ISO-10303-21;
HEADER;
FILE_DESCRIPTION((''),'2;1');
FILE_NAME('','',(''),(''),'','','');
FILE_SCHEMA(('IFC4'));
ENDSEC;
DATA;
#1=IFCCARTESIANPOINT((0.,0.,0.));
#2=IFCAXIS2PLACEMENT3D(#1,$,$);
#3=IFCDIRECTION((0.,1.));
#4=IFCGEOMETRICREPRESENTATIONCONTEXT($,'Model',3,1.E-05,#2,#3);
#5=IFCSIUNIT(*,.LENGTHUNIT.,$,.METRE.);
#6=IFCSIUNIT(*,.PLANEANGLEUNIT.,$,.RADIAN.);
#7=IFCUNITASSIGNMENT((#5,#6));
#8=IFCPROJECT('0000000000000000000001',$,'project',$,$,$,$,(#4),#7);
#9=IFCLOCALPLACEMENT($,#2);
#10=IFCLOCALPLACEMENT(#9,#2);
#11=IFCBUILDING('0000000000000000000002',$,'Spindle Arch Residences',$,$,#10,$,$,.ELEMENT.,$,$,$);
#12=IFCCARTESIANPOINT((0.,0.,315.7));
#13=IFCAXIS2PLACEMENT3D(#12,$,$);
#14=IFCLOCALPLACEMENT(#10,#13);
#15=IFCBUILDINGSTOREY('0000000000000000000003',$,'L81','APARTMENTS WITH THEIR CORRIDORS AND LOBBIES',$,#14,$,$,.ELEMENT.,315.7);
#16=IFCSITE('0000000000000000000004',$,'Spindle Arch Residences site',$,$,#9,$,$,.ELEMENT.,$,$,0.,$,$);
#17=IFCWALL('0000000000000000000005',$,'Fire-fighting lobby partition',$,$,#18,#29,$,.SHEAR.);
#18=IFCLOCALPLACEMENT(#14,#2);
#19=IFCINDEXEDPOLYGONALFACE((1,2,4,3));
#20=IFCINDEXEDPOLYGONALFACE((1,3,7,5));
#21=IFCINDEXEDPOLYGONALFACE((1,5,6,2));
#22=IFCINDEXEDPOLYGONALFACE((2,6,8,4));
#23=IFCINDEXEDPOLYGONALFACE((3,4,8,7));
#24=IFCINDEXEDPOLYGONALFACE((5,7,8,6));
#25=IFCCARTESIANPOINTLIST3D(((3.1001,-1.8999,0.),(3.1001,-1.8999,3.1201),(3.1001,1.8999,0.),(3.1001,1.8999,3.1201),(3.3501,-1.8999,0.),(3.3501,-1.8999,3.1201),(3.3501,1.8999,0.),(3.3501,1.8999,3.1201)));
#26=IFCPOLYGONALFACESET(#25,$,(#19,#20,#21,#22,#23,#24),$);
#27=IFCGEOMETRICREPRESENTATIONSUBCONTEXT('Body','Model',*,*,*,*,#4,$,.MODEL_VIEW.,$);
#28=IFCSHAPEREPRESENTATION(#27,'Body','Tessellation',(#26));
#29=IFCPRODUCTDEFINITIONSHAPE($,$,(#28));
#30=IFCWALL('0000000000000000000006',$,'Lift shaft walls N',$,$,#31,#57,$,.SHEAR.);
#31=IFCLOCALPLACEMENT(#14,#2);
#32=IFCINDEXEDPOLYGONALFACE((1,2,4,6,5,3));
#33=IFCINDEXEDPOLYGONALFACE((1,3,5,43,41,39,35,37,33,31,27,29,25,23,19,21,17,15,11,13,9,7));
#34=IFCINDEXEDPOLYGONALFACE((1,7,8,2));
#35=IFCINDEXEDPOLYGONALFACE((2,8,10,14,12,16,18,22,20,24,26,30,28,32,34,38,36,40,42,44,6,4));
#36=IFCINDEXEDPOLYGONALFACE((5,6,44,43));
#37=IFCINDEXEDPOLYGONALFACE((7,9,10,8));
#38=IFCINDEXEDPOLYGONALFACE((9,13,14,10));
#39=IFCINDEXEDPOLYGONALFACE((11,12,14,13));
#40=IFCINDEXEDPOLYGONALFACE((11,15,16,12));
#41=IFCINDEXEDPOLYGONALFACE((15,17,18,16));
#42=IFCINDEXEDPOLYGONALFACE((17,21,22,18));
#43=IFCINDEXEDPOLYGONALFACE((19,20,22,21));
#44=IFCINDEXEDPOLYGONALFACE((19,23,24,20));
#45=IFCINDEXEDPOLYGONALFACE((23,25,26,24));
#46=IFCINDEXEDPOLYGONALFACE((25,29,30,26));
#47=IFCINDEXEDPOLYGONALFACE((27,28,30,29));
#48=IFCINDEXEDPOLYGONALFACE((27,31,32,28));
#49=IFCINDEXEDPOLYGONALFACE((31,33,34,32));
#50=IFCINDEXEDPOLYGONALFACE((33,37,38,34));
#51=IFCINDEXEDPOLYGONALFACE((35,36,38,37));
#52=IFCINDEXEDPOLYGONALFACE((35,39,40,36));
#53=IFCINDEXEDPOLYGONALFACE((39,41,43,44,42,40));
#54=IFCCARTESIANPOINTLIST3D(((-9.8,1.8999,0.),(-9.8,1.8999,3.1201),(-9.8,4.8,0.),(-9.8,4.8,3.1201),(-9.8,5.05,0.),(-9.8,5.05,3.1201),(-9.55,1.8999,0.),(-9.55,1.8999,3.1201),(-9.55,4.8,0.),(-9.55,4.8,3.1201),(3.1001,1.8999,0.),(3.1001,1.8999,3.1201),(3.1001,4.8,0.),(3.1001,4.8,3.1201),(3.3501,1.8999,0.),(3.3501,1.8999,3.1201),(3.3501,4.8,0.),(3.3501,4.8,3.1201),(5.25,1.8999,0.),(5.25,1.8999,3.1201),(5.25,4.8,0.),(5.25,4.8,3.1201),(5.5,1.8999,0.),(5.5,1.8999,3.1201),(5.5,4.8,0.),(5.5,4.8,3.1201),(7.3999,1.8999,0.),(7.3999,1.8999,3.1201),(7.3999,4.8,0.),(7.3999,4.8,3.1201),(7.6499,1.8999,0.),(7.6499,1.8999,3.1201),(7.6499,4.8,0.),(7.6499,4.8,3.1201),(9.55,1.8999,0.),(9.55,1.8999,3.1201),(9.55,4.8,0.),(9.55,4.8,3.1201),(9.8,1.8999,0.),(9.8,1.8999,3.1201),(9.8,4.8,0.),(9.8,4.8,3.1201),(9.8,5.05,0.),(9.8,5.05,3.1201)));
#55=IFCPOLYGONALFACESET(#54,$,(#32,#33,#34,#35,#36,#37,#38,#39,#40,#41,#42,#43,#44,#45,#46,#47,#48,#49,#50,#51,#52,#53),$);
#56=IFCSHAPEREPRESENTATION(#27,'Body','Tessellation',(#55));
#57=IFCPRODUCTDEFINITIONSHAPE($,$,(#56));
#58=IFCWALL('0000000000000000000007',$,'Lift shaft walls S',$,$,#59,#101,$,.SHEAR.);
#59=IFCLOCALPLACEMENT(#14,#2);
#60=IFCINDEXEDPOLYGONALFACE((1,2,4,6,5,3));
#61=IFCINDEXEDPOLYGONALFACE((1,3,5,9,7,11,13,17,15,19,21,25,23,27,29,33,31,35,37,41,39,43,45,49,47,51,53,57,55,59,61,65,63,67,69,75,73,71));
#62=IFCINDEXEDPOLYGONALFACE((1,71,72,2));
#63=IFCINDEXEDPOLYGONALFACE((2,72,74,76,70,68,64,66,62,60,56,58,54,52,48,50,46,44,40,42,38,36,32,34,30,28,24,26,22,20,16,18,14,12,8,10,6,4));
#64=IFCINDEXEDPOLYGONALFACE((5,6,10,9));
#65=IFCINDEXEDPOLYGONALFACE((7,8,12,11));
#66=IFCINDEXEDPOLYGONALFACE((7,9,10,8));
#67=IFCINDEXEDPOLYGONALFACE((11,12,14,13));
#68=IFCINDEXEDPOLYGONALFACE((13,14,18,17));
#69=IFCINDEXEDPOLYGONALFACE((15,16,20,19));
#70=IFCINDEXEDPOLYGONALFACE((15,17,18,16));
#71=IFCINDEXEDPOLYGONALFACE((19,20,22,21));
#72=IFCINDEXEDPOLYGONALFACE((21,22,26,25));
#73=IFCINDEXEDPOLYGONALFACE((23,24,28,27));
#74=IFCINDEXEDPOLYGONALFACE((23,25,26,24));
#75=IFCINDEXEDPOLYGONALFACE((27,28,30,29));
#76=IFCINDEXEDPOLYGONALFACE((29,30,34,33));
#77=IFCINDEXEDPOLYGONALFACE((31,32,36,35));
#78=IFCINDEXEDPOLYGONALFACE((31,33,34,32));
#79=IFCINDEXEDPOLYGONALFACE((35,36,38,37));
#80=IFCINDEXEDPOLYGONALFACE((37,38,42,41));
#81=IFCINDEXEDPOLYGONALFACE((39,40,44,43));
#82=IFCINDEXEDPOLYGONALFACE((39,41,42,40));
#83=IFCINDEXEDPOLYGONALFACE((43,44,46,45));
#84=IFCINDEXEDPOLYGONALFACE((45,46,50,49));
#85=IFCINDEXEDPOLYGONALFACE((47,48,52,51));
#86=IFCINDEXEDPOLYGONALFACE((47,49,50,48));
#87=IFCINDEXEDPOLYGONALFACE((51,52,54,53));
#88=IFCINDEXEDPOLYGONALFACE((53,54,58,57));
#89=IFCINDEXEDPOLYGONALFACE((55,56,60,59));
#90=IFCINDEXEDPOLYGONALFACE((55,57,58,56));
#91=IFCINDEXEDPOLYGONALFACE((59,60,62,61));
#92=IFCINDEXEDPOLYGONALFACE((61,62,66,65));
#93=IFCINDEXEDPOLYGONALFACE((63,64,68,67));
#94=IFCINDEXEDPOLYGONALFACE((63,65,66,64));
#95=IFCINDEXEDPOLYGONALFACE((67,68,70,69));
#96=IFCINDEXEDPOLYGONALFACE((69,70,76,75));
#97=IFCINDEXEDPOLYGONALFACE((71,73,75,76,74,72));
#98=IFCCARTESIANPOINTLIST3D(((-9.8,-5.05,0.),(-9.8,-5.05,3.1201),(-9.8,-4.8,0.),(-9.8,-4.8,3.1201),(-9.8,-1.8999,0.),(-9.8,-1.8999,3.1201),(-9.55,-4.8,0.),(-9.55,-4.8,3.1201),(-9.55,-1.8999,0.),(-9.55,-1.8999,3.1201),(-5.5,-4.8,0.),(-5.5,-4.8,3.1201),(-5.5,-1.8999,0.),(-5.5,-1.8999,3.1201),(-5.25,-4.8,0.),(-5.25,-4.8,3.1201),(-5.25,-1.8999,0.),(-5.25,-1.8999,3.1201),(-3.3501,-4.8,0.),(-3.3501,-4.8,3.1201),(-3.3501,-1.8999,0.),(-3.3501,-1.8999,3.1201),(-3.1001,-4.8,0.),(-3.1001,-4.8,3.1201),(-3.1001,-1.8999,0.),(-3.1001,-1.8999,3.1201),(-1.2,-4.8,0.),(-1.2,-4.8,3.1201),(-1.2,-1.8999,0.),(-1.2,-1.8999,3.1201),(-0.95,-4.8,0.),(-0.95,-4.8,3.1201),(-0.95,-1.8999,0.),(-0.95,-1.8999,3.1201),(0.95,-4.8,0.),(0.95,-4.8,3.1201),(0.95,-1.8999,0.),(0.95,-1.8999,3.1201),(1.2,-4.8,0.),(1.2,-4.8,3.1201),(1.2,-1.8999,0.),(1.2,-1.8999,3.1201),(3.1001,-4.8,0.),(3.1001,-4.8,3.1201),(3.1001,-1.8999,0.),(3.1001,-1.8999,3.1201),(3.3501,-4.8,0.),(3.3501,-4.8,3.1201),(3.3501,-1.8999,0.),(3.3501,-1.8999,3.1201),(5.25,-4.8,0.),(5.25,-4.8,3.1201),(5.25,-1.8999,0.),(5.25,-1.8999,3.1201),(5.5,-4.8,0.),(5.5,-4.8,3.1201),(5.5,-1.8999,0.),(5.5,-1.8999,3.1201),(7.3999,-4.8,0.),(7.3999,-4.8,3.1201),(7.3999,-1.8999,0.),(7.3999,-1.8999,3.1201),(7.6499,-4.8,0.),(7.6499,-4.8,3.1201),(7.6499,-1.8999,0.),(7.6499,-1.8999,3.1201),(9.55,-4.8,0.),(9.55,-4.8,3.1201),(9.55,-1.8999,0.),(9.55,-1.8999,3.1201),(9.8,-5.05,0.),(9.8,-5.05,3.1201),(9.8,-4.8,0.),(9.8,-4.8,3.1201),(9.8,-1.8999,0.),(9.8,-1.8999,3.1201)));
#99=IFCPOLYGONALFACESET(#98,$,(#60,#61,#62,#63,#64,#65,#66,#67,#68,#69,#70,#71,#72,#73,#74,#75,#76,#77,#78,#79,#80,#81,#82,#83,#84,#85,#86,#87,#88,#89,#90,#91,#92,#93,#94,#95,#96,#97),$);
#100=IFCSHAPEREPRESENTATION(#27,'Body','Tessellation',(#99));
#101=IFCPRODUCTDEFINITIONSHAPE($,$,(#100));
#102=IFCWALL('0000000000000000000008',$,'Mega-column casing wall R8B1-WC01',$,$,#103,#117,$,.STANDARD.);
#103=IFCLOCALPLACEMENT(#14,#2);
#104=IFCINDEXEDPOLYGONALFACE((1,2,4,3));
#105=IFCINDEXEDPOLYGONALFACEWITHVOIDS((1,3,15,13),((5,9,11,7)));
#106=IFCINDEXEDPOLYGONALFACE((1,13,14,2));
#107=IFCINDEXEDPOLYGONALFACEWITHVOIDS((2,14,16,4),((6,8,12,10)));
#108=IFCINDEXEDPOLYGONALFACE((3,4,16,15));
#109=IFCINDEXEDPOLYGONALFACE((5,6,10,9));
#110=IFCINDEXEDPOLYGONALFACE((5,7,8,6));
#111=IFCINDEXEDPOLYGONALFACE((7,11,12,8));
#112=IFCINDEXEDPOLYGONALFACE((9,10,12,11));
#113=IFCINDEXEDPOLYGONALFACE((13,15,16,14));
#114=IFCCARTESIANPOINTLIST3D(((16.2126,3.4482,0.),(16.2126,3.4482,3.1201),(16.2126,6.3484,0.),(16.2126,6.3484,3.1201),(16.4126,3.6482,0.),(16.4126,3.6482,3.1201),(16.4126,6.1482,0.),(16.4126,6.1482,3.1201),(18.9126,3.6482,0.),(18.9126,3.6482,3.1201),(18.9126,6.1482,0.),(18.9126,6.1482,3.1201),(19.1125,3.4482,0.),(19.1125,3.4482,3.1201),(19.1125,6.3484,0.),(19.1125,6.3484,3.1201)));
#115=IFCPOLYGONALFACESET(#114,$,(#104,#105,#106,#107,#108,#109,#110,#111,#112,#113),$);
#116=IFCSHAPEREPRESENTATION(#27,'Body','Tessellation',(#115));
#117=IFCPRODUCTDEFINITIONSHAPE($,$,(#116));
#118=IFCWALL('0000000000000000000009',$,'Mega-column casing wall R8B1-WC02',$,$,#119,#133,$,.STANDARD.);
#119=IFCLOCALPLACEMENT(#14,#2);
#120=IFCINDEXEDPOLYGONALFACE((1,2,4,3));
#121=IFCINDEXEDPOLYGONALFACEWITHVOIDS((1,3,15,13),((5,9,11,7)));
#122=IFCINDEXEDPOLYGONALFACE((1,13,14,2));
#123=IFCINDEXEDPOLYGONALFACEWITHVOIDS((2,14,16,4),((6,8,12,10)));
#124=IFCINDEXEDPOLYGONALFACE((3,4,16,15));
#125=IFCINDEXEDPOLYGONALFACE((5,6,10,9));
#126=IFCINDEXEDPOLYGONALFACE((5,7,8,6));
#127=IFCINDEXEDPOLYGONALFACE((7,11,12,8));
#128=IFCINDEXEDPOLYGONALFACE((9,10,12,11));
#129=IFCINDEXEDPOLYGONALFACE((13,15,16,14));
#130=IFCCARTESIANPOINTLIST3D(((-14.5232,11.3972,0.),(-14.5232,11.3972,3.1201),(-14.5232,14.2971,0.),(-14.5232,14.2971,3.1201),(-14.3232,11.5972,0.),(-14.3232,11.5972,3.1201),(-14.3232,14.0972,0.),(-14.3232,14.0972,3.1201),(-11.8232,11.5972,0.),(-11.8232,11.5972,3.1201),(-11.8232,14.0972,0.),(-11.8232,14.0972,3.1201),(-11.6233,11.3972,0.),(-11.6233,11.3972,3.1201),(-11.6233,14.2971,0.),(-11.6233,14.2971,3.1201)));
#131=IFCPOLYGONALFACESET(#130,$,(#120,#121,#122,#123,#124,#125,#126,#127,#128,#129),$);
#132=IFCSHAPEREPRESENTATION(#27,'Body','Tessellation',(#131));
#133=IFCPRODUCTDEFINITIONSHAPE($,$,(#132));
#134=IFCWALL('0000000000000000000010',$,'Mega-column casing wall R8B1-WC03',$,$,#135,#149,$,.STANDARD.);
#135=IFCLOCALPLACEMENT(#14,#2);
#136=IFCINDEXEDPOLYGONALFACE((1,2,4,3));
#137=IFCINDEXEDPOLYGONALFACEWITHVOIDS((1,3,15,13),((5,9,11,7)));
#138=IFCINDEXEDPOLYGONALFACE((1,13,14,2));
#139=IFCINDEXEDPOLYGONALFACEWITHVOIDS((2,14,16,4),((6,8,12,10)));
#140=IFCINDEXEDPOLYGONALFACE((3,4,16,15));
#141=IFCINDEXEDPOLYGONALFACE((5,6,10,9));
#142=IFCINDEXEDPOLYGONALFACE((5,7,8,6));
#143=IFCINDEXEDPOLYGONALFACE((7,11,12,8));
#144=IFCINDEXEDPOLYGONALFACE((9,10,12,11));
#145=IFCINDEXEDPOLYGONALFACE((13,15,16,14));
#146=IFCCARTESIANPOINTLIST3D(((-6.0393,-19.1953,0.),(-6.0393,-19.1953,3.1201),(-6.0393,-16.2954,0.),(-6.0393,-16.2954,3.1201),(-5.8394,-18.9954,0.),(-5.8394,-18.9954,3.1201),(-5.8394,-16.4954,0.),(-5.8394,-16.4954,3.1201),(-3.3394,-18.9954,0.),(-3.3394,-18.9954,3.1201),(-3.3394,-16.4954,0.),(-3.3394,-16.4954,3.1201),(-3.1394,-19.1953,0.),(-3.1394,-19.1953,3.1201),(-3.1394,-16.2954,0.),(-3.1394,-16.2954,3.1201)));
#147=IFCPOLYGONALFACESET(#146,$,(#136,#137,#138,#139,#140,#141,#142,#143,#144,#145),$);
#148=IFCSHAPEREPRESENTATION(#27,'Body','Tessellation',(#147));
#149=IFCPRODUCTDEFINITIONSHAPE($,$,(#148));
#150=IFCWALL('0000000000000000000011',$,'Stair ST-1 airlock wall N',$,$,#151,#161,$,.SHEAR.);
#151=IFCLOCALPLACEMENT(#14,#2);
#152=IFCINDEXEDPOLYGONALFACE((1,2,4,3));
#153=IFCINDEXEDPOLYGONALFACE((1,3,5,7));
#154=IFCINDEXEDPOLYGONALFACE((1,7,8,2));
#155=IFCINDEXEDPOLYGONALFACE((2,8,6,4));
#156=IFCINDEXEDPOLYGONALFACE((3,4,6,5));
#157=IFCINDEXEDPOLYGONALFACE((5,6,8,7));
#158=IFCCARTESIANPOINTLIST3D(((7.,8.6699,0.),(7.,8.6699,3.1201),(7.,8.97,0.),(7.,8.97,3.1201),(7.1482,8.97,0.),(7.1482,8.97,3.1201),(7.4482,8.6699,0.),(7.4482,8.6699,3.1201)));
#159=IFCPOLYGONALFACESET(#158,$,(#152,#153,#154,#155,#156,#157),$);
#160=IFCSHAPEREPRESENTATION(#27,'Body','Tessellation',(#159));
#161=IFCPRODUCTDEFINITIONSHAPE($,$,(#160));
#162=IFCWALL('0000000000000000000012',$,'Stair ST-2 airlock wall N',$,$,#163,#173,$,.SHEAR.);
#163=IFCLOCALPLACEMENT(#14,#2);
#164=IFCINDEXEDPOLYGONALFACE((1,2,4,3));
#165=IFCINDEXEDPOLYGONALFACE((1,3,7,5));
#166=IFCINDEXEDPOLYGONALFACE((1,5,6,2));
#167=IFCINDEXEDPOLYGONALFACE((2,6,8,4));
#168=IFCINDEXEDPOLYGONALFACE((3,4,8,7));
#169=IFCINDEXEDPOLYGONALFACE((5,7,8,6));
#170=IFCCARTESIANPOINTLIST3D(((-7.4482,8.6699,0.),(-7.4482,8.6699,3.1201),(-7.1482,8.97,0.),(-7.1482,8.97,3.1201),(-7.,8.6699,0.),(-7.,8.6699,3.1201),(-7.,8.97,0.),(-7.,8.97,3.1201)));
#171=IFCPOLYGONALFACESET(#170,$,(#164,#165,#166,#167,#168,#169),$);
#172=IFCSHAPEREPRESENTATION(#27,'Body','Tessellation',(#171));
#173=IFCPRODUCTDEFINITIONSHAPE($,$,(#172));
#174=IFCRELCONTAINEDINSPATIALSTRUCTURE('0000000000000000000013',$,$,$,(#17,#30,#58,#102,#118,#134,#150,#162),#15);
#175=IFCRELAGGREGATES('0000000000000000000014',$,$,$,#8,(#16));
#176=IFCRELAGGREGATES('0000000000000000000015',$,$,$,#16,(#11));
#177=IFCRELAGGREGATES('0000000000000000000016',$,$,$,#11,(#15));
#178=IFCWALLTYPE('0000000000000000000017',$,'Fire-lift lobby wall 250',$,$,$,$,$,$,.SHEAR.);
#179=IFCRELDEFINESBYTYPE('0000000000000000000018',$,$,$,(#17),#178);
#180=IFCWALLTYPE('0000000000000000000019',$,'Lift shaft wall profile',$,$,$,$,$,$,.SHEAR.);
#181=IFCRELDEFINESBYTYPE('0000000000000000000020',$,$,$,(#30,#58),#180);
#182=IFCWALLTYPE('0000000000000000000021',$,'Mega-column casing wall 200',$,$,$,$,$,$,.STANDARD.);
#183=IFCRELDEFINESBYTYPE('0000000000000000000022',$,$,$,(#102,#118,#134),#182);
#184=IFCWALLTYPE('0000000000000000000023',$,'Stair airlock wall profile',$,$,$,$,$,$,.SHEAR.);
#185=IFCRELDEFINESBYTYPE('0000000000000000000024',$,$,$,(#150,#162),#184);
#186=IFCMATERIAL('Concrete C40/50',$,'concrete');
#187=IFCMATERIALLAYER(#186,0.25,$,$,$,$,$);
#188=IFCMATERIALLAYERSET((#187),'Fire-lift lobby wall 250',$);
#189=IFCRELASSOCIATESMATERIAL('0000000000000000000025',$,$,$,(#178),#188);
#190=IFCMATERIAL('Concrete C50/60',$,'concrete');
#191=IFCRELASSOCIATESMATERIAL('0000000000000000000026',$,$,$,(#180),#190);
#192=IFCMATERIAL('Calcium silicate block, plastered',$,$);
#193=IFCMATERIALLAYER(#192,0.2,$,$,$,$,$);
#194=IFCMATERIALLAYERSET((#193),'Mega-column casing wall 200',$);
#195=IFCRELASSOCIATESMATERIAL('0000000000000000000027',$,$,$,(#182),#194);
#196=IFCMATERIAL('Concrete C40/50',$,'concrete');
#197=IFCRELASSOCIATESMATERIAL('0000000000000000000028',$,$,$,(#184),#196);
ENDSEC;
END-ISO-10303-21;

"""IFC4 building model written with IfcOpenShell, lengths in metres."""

from ifc_helpers import new_model, si_unit, direction, frame, frame_2d, origin, place, context, subcontext, project, spatial, polyline, rectangle, outline, extrude, material, layer, layer_set, type_object, element, save


model = new_model("IFC4")

# Units and contexts
model_context = context("Model", 3, precision=1e-05, world=origin(), true_north=direction((0.0, 1.0)))
body_context = subcontext(model_context, "Body", "Model", "MODEL_VIEW")
ifc_project = project(units=[si_unit("LENGTHUNIT", "METRE"), si_unit("PLANEANGLEUNIT", "RADIAN")], contexts=[model_context])

# Site, building, storey
site_placement = place(None, origin())
site = spatial("IfcSite", under=ifc_project, at=site_placement, Name="Spindle Arch Residences site", CompositionType="ELEMENT", RefElevation=0.0)
building_placement = place(site_placement, origin())
building = spatial("IfcBuilding", under=site, at=building_placement, Name="Spindle Arch Residences", CompositionType="ELEMENT")
storey_placement = place(building_placement, frame((0.0, 0.0, 315.7)))
storey = spatial("IfcBuildingStorey", under=building, at=storey_placement, Name="L81", Description="APARTMENTS WITH THEIR CORRIDORS AND LOBBIES", CompositionType="ELEMENT", Elevation=315.7)

# Wall
ifc_material_1 = material(Name="Concrete C40/50", Category="concrete")
ifc_layer_1 = layer(ifc_material_1, 0.25)
ifc_layer_set_1 = layer_set([ifc_layer_1], Name="Fire-lift lobby wall 250")
wall_type_1 = type_object("IfcWallType", Name="Fire-lift lobby wall 250", PredefinedType="SHEAR", material=ifc_layer_set_1)
wall_1_placement = place(storey_placement, frame((3.2251, -1.8999, 0.0), z_axis=(0.0, 0.0, 1.0), x_axis=(0.0, 1.0, 0.0)))
element("IfcWall", 1, at=wall_1_placement, inside=storey, type_object=wall_type_1, Name="Fire-fighting lobby partition", PredefinedType="SHEAR", context=body_context, shape_type="SweptSolid", body=[
    extrude(rectangle(XDim=3.7998, YDim=0.25, at=frame_2d((1.8999, 0.0))), origin(), (0.0, 0.0, 1.0), 3.1201),
])

# Walls
ifc_material_2 = material(Name="Concrete C50/60", Category="concrete")
wall_type_2 = type_object("IfcWallType", Name="Lift shaft wall profile", PredefinedType="SHEAR", material=ifc_material_2)
wall_2_placement = place(storey_placement, origin())
element("IfcWall", 2, at=wall_2_placement, inside=storey, type_object=wall_type_2, Name="Lift shaft walls N", PredefinedType="SHEAR", context=body_context, shape_type="SweptSolid", body=[
    extrude(outline(polyline([(-9.8, 1.8999), (-9.55, 1.8999), (-9.55, 4.8), (3.1001, 4.8), (3.1001, 1.8999), (3.3501, 1.8999), (3.3501, 4.8), (5.25, 4.8), (5.25, 1.8999), (5.5, 1.8999), (5.5, 4.8), (7.3999, 4.8), (7.3999, 1.8999), (7.6499, 1.8999), (7.6499, 4.8), (9.55, 4.8), (9.55, 1.8999), (9.8, 1.8999), (9.8, 4.8), (9.8, 5.05), (-9.8, 5.05), (-9.8, 4.8), (-9.8, 1.8999)])), origin(), (0.0, 0.0, 1.0), 3.1201),
])
wall_3_placement = place(storey_placement, origin())
element("IfcWall", 3, at=wall_3_placement, inside=storey, type_object=wall_type_2, Name="Lift shaft walls S", PredefinedType="SHEAR", context=body_context, shape_type="SweptSolid", body=[
    extrude(outline(polyline([(9.8, -5.05), (9.8, -4.8), (9.8, -1.8999), (9.55, -1.8999), (9.55, -4.8), (7.6499, -4.8), (7.6499, -1.8999), (7.3999, -1.8999), (7.3999, -4.8), (5.5, -4.8), (5.5, -1.8999), (5.25, -1.8999), (5.25, -4.8), (3.3501, -4.8), (3.3501, -1.8999), (3.1001, -1.8999), (3.1001, -4.8), (1.2, -4.8), (1.2, -1.8999), (0.95, -1.8999), (0.95, -4.8), (-0.95, -4.8), (-0.95, -1.8999), (-1.2, -1.8999), (-1.2, -4.8), (-3.1001, -4.8), (-3.1001, -1.8999), (-3.3501, -1.8999), (-3.3501, -4.8), (-5.25, -4.8), (-5.25, -1.8999), (-5.5, -1.8999), (-5.5, -4.8), (-9.55, -4.8), (-9.55, -1.8999), (-9.8, -1.8999), (-9.8, -4.8), (-9.8, -5.05), (9.8, -5.05)])), origin(), (0.0, 0.0, 1.0), 3.1201),
])
ifc_material_3 = material(Name="Calcium silicate block, plastered")
ifc_layer_2 = layer(ifc_material_3, 0.2)
ifc_layer_set_2 = layer_set([ifc_layer_2], Name="Mega-column casing wall 200")
wall_type_3 = type_object("IfcWallType", Name="Mega-column casing wall 200", PredefinedType="STANDARD", material=ifc_layer_set_2)
wall_4_placement = place(storey_placement, origin())
element("IfcWall", 4, at=wall_4_placement, inside=storey, type_object=wall_type_3, Name="Mega-column casing wall R8B1-WC01", PredefinedType="STANDARD", context=body_context, shape_type="SweptSolid", body=[
    extrude(outline(polyline([(19.1125, 6.3484), (19.1125, 3.4482), (16.2126, 3.4482), (16.2126, 6.3484), (19.1125, 6.3484)]), holes=[polyline([(16.4126, 3.6482), (18.9126, 3.6482), (18.9126, 6.1482), (16.4126, 6.1482), (16.4126, 3.6482)])]), origin(), (0.0, 0.0, 1.0), 3.1201),
])
wall_5_placement = place(storey_placement, origin())
element("IfcWall", 5, at=wall_5_placement, inside=storey, type_object=wall_type_3, Name="Mega-column casing wall R8B1-WC02", PredefinedType="STANDARD", context=body_context, shape_type="SweptSolid", body=[
    extrude(outline(polyline([(-11.6233, 14.2971), (-11.6233, 11.3972), (-14.5232, 11.3972), (-14.5232, 14.2971), (-11.6233, 14.2971)]), holes=[polyline([(-14.3232, 11.5972), (-11.8232, 11.5972), (-11.8232, 14.0972), (-14.3232, 14.0972), (-14.3232, 11.5972)])]), origin(), (0.0, 0.0, 1.0), 3.1201),
])
wall_6_placement = place(storey_placement, origin())
element("IfcWall", 6, at=wall_6_placement, inside=storey, type_object=wall_type_3, Name="Mega-column casing wall R8B1-WC03", PredefinedType="STANDARD", context=body_context, shape_type="SweptSolid", body=[
    extrude(outline(polyline([(-3.1394, -16.2954), (-3.1394, -19.1953), (-6.0393, -19.1953), (-6.0393, -16.2954), (-3.1394, -16.2954)]), holes=[polyline([(-5.8394, -18.9954), (-3.3394, -18.9954), (-3.3394, -16.4954), (-5.8394, -16.4954), (-5.8394, -18.9954)])]), origin(), (0.0, 0.0, 1.0), 3.1201),
])
ifc_material_4 = material(Name="Concrete C40/50", Category="concrete")
wall_type_4 = type_object("IfcWallType", Name="Stair airlock wall profile", PredefinedType="SHEAR", material=ifc_material_4)
wall_7_placement = place(storey_placement, origin())
element("IfcWall", 7, at=wall_7_placement, inside=storey, type_object=wall_type_4, Name="Stair ST-1 airlock wall N", PredefinedType="SHEAR", context=body_context, shape_type="SweptSolid", body=[
    extrude(outline(polyline([(7.4482, 8.6699), (7.0, 8.6699), (7.0, 8.97), (7.1482, 8.97), (7.4482, 8.6699)])), origin(), (0.0, 0.0, 1.0), 3.1201),
])
wall_8_placement = place(storey_placement, origin())
element("IfcWall", 8, at=wall_8_placement, inside=storey, type_object=wall_type_4, Name="Stair ST-2 airlock wall N", PredefinedType="SHEAR", context=body_context, shape_type="SweptSolid", body=[
    extrude(outline(polyline([(-7.1482, 8.97), (-7.0, 8.97), (-7.0, 8.6699), (-7.4482, 8.6699), (-7.1482, 8.97)])), origin(), (0.0, 0.0, 1.0), 3.1201),
])

save(model, "model.ifc")
